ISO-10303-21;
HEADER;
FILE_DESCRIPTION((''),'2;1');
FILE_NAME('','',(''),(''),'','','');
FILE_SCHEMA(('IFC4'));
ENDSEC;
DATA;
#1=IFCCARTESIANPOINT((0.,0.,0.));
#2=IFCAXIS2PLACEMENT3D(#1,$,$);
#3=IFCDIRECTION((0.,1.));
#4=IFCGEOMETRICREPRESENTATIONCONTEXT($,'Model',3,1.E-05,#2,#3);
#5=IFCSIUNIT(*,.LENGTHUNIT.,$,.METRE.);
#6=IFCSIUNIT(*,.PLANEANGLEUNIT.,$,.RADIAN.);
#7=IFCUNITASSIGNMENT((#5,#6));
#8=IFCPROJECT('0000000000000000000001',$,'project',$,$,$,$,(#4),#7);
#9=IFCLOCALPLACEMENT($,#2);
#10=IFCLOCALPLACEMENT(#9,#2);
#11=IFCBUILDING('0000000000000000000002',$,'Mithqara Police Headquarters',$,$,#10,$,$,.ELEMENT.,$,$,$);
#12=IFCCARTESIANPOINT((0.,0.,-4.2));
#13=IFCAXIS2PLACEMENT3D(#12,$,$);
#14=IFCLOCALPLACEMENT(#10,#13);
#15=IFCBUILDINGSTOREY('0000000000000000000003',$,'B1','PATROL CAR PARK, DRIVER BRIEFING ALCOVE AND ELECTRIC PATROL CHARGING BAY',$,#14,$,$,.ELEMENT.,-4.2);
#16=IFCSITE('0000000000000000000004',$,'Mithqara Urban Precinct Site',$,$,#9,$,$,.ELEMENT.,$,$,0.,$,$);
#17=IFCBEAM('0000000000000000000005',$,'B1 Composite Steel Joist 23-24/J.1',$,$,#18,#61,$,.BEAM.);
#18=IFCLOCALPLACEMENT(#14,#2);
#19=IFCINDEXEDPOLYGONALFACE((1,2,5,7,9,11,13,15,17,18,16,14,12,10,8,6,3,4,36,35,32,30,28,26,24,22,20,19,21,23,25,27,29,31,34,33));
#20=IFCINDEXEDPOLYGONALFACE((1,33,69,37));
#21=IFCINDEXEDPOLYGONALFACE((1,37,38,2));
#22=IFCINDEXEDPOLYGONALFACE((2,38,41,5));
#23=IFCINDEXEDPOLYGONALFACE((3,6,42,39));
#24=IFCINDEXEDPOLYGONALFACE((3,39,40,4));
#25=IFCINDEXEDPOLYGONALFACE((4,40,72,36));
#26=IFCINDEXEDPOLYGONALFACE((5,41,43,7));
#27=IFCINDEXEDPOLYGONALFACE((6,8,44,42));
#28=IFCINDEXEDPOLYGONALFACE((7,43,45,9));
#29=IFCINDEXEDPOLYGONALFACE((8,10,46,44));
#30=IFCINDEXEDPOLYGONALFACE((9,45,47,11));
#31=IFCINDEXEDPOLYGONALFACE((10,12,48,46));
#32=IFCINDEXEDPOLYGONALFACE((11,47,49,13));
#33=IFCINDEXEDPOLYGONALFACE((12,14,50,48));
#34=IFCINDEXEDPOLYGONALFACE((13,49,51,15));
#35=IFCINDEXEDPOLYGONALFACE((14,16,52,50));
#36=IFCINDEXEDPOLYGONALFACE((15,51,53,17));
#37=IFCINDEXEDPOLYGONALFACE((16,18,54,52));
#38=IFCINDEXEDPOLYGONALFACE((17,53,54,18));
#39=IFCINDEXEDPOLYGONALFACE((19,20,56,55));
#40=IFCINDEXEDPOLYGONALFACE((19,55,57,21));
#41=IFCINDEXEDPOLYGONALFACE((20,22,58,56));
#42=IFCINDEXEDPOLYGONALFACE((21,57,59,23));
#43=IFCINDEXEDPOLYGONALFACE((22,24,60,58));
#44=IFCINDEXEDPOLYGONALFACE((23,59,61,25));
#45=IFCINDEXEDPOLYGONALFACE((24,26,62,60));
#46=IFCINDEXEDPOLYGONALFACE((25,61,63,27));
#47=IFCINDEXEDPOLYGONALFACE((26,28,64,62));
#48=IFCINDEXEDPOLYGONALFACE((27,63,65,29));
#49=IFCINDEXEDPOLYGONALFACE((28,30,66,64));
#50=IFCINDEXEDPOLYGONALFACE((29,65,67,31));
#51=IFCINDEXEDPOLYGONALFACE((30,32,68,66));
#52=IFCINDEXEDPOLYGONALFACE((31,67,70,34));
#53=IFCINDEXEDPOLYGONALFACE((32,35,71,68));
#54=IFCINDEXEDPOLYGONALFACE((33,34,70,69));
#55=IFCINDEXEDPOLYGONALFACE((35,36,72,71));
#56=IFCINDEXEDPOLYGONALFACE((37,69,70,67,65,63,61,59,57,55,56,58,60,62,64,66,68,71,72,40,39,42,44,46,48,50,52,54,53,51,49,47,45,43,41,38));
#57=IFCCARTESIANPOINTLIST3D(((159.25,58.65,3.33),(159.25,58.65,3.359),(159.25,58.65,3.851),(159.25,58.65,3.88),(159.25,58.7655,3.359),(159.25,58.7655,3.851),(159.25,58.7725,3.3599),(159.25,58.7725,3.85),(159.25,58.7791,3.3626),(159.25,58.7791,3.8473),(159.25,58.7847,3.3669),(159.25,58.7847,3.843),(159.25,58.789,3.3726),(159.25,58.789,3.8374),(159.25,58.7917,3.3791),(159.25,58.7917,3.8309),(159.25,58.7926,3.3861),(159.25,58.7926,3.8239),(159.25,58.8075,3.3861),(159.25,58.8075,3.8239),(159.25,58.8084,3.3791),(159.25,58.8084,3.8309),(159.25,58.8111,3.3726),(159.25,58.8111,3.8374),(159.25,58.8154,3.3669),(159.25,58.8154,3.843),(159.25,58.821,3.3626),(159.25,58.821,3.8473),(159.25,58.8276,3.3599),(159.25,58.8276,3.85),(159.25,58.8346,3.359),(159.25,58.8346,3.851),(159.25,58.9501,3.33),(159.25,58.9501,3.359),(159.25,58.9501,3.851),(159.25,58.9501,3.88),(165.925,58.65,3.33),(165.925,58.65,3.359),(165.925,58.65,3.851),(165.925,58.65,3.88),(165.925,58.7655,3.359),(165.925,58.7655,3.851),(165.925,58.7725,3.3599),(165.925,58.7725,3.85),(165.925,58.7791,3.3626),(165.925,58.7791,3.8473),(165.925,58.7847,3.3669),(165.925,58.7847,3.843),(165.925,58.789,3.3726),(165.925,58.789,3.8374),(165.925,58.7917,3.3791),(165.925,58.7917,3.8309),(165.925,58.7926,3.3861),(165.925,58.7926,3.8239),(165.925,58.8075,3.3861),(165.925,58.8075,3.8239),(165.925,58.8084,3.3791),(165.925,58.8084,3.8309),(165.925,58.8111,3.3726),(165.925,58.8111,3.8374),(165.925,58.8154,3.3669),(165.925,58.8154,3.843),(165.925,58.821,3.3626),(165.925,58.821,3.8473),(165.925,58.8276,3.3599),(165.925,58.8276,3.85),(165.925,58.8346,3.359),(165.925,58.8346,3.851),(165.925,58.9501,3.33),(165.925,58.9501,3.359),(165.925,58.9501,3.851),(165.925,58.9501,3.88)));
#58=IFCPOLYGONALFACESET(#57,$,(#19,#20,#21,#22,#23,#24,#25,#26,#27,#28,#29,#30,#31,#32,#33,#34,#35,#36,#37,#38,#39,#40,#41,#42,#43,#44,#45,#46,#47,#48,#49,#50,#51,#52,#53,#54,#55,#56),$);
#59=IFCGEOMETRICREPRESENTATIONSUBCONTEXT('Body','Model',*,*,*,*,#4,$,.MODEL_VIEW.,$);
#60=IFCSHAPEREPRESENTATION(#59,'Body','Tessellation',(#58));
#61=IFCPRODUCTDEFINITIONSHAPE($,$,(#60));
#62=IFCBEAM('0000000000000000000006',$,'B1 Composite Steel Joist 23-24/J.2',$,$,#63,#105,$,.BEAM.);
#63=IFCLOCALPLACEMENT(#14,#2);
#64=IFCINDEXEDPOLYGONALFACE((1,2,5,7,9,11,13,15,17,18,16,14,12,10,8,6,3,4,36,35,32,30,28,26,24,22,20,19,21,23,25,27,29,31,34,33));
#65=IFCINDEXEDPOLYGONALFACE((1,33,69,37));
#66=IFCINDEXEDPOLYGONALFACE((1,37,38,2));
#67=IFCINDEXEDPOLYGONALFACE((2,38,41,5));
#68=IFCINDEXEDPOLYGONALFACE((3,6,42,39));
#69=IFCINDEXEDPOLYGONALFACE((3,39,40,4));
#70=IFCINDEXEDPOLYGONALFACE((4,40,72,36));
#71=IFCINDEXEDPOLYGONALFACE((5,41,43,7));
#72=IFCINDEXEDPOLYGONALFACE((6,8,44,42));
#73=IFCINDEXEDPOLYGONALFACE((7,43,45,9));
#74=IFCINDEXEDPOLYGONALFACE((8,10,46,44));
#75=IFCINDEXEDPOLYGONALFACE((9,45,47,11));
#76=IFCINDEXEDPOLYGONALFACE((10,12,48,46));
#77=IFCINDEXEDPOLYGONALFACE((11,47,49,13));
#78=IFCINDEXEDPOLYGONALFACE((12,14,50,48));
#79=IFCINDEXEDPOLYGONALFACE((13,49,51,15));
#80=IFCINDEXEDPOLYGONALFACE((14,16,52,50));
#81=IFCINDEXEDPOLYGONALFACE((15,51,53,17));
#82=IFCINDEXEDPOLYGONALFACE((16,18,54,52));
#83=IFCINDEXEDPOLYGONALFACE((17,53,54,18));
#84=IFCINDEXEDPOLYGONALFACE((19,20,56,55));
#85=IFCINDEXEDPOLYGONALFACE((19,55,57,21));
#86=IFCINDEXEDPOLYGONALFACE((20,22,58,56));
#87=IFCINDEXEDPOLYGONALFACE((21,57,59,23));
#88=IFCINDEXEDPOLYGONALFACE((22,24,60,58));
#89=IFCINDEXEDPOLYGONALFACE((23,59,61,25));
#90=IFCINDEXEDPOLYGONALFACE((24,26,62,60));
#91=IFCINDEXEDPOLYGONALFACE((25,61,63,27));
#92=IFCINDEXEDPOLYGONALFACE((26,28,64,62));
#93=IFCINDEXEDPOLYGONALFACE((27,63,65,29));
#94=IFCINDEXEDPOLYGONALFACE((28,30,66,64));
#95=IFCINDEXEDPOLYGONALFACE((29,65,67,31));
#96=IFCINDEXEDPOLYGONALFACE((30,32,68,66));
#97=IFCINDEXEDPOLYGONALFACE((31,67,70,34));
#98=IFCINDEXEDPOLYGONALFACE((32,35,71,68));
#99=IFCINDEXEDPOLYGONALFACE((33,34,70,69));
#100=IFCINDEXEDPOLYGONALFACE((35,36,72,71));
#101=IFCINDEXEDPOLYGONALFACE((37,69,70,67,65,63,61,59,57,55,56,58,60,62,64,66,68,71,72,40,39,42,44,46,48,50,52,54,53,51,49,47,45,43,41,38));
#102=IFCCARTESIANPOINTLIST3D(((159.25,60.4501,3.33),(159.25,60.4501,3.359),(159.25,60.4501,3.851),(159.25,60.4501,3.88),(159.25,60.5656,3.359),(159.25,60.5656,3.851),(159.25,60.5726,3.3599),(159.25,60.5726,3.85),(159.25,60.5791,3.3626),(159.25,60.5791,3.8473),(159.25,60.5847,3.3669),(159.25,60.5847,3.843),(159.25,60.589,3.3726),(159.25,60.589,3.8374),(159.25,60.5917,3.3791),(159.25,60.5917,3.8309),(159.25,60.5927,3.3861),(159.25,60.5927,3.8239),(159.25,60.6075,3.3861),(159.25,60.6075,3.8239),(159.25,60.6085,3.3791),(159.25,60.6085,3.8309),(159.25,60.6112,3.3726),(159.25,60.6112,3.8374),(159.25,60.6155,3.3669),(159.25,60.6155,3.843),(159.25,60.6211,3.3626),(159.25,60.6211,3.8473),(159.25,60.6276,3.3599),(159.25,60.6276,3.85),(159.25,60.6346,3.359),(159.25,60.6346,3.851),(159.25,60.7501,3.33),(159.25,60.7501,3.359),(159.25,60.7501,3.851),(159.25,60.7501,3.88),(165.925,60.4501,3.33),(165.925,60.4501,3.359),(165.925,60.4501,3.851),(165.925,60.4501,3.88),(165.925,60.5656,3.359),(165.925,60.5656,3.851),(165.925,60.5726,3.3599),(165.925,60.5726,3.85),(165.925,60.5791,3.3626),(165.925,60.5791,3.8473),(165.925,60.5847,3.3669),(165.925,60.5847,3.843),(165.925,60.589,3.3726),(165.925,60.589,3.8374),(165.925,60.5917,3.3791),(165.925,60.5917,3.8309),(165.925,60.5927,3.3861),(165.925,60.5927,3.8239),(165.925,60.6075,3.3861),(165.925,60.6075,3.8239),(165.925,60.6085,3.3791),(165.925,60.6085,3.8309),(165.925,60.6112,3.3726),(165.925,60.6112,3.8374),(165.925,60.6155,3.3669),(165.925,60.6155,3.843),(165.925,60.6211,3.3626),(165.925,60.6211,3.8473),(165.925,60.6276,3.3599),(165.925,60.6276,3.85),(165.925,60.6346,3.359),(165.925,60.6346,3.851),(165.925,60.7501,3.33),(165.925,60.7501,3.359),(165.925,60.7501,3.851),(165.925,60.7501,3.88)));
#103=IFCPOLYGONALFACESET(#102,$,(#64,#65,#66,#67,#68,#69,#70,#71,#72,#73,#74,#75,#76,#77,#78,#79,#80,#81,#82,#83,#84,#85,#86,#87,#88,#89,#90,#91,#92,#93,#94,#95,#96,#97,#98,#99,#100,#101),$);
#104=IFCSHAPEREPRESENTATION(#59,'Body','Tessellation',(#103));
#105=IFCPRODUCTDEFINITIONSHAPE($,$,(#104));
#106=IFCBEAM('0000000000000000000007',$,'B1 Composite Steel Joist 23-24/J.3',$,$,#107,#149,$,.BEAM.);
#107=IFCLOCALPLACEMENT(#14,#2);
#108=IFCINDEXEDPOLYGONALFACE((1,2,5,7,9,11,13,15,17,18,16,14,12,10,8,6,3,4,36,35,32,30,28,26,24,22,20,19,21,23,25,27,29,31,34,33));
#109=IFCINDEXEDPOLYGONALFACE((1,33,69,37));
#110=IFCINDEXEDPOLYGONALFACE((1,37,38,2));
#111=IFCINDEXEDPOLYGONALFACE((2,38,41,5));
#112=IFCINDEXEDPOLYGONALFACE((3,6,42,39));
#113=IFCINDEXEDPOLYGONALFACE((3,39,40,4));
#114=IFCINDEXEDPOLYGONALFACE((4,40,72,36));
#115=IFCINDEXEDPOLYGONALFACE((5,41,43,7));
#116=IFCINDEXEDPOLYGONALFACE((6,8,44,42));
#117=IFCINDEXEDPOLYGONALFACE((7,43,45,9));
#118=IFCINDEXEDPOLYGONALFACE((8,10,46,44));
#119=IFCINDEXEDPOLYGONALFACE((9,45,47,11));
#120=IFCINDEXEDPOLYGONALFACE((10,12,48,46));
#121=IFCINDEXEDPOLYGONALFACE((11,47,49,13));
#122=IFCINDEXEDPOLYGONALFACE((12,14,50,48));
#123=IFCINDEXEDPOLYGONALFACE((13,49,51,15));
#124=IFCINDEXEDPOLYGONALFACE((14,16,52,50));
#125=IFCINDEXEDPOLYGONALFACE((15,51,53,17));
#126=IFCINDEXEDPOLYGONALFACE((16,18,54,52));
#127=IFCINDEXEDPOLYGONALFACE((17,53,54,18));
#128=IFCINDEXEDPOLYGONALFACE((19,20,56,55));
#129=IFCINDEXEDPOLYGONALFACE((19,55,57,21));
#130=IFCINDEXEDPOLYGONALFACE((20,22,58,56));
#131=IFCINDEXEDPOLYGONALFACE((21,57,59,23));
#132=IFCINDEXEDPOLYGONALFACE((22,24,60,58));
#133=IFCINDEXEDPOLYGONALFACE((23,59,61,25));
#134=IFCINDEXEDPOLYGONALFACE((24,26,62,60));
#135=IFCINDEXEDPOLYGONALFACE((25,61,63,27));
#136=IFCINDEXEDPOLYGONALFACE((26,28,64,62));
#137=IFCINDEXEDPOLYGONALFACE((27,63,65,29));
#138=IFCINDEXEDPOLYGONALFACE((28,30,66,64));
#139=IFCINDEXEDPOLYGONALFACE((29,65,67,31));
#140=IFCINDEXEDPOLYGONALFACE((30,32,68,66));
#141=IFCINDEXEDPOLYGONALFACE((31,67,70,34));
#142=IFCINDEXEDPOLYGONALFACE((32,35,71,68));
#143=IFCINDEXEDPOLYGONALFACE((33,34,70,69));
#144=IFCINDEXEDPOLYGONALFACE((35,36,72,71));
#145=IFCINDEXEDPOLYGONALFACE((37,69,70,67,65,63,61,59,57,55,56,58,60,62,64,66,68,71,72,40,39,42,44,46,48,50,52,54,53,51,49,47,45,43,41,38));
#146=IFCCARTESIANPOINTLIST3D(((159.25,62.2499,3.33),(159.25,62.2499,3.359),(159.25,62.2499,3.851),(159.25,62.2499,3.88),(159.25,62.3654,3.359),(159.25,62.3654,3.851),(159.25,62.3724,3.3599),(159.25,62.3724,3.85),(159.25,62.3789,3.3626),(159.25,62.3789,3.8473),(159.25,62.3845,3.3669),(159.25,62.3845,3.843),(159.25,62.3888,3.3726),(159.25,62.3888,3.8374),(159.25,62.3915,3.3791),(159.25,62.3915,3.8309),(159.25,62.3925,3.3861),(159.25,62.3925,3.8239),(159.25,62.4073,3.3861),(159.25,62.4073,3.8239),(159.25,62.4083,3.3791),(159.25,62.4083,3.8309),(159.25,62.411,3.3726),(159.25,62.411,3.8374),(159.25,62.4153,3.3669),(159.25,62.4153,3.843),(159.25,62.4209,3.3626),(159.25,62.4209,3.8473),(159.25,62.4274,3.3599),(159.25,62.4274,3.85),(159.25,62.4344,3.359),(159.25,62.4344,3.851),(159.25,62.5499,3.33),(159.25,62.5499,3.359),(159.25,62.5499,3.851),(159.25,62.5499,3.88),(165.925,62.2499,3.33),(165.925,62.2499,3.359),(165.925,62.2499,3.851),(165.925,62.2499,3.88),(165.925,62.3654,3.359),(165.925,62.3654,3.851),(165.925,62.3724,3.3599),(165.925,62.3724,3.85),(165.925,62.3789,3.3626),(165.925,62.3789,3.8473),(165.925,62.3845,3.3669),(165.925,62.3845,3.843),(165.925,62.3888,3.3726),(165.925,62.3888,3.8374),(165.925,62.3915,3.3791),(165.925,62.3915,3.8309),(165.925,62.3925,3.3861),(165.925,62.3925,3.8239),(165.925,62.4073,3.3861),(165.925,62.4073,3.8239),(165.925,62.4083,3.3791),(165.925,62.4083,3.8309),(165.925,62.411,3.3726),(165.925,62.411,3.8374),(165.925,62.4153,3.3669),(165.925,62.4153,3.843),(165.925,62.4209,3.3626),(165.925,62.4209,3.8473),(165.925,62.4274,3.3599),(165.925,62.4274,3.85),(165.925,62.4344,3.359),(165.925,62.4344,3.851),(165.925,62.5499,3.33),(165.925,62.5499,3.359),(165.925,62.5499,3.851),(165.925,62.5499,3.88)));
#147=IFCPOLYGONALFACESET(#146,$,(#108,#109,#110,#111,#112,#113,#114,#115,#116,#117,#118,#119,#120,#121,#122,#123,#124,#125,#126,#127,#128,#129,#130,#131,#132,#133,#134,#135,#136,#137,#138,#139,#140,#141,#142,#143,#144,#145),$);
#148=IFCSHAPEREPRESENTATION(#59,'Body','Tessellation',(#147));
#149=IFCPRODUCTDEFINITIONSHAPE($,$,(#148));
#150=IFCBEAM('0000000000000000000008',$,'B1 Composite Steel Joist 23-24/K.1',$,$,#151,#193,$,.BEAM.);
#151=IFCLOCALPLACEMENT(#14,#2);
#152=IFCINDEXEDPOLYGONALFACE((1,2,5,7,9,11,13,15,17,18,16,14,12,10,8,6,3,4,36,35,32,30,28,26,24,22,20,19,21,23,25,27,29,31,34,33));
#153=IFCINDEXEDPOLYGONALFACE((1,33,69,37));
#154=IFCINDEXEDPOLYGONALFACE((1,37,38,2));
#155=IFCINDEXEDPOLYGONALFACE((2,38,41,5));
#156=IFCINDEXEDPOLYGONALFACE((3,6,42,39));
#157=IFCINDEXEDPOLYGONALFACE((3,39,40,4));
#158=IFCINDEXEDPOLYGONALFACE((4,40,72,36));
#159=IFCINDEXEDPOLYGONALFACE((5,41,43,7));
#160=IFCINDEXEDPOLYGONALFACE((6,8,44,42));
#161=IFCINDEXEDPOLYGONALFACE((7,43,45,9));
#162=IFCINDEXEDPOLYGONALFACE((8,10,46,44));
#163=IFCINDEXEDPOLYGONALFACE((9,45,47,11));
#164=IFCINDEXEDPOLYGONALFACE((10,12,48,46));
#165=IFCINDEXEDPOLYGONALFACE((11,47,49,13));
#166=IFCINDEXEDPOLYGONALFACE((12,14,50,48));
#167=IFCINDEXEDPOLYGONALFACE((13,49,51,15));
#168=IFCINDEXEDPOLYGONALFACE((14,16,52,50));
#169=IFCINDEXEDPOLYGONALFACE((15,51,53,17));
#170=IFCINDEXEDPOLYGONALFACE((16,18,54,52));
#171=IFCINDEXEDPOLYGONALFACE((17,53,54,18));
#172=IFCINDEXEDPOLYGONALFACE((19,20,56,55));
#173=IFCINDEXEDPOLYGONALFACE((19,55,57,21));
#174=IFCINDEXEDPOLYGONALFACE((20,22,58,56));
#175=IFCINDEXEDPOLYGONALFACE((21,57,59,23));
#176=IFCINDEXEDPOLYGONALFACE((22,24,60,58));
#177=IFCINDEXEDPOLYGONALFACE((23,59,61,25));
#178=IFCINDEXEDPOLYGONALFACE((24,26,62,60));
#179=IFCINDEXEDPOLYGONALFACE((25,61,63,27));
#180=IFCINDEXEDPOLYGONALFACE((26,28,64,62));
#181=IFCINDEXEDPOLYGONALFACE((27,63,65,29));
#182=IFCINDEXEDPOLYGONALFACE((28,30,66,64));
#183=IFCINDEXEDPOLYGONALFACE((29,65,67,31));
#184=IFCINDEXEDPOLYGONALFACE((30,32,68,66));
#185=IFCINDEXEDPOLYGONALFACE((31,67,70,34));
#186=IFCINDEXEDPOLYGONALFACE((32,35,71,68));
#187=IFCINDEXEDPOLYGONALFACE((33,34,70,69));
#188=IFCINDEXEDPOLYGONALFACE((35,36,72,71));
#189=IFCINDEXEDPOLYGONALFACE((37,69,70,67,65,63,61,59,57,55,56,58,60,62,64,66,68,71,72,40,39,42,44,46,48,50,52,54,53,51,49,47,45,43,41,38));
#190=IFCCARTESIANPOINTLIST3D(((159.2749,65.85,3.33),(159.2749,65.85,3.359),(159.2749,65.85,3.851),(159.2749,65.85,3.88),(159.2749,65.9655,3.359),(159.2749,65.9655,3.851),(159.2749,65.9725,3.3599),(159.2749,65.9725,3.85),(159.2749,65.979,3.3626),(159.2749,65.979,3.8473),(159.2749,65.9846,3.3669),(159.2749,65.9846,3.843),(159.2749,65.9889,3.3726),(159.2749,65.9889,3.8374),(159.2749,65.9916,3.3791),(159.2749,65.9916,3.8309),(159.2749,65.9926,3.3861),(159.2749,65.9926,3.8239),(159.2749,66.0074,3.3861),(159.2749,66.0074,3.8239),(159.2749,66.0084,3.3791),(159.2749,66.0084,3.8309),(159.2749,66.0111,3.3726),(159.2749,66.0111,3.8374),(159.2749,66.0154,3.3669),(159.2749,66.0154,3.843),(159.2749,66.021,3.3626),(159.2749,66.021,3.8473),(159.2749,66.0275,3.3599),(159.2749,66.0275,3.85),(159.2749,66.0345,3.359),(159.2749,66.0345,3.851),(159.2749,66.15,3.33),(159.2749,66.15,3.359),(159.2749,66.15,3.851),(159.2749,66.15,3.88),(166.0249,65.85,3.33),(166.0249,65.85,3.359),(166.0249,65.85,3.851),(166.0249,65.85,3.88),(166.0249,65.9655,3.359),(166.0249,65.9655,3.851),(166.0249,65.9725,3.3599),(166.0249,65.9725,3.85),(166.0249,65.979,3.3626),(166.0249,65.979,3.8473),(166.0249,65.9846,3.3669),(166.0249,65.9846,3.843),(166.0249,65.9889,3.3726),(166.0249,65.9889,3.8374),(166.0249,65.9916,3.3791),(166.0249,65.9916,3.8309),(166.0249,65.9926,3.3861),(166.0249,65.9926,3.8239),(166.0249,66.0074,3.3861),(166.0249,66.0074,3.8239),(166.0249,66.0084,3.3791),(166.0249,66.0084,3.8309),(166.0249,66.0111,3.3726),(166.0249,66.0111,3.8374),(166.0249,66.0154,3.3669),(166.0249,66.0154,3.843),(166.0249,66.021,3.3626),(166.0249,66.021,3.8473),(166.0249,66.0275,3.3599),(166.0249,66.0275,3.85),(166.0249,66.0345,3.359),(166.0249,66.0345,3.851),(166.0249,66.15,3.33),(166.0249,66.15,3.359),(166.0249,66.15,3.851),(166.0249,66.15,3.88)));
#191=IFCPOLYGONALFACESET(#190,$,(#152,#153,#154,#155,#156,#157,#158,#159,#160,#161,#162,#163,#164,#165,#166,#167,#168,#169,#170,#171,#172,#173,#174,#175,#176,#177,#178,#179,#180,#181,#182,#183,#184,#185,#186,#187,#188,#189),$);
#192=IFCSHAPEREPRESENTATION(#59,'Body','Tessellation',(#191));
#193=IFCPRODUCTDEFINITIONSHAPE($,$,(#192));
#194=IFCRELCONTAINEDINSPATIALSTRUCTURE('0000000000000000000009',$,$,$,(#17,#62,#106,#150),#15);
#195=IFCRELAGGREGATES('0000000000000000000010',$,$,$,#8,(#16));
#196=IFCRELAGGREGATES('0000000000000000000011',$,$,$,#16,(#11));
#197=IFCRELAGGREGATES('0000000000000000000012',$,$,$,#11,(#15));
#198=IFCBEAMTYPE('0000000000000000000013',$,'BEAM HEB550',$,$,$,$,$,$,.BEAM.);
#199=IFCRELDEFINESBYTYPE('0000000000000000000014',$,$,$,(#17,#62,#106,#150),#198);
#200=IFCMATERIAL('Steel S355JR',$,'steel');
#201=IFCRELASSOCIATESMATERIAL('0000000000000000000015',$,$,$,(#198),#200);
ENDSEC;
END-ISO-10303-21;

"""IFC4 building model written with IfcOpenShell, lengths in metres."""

from ifc_helpers import new_model, si_unit, direction, frame, origin, origin_2d, place, context, subcontext, project, spatial, i_section, extrude, material, material_profile, profile_set, type_object, element, save


model = new_model("IFC4")

# Units and contexts
model_context = context("Model", 3, precision=1e-05, world=origin(), true_north=direction((0.0, 1.0)))
body_context = subcontext(model_context, "Body", "Model", "MODEL_VIEW")
ifc_project = project(units=[si_unit("LENGTHUNIT", "METRE"), si_unit("PLANEANGLEUNIT", "RADIAN")], contexts=[model_context])

# Site, building, storey
site_placement = place(None, origin())
site = spatial("IfcSite", under=ifc_project, at=site_placement, Name="Mithqara Urban Precinct Site", CompositionType="ELEMENT", RefElevation=0.0)
building_placement = place(site_placement, origin())
building = spatial("IfcBuilding", under=site, at=building_placement, Name="Mithqara Police Headquarters", CompositionType="ELEMENT")
storey_placement = place(building_placement, frame((0.0, 0.0, -4.2)))
storey = spatial("IfcBuildingStorey", under=building, at=storey_placement, Name="B1", Description="PATROL CAR PARK, DRIVER BRIEFING ALCOVE AND ELECTRIC PATROL CHARGING BAY", CompositionType="ELEMENT", Elevation=-4.2)

# Beams
ifc_material_1 = material(Name="Steel S355JR", Category="steel")
ifc_material_profile_1 = material_profile(ifc_material_1, i_section(OverallWidth=0.3, OverallDepth=0.55, WebThickness=0.0149, FlangeThickness=0.0291, FilletRadius=0.0271, at=origin_2d()), Name="HEB 550")
ifc_profile_set_1 = profile_set([ifc_material_profile_1], Name="Steel S355JR")
beam_type_1 = type_object("IfcBeamType", Name="BEAM HEB550", PredefinedType="BEAM", material=ifc_profile_set_1)
for number, where, z_axis, x_axis, name in (
    (1, (159.25, 58.8, 3.605), (1.0, 0.0, 0.0), (0.0, 1.0, 0.0), "B1 Composite Steel Joist 23-24/J.1"),
    (2, (159.25, 60.6001, 3.605), (1.0, 0.0, 0.0), (0.0, 1.0, 0.0), "B1 Composite Steel Joist 23-24/J.2"),
    (3, (159.25, 62.3999, 3.605), (1.0, 0.0, 0.0), (0.0, 1.0, 0.0), "B1 Composite Steel Joist 23-24/J.3"),
):
    element("IfcBeam", number, at=place(storey_placement, frame(where, z_axis=z_axis, x_axis=x_axis)), inside=storey, type_object=beam_type_1, Name=name, PredefinedType="BEAM", context=body_context, shape_type="SweptSolid", body=[
        extrude(i_section(OverallWidth=0.3, OverallDepth=0.55, WebThickness=0.0149, FlangeThickness=0.0291, FilletRadius=0.0271, at=origin_2d()), origin(), (0.0, 0.0, 1.0), 6.675),
    ])
for number, where, z_axis, x_axis, name in (
    (4, (159.2749, 66.0, 3.605), (1.0, 0.0, 0.0), (0.0, 1.0, 0.0), "B1 Composite Steel Joist 23-24/K.1"),
):
    element("IfcBeam", number, at=place(storey_placement, frame(where, z_axis=z_axis, x_axis=x_axis)), inside=storey, type_object=beam_type_1, Name=name, PredefinedType="BEAM", context=body_context, shape_type="SweptSolid", body=[
        extrude(i_section(OverallWidth=0.3, OverallDepth=0.55, WebThickness=0.0149, FlangeThickness=0.0291, FilletRadius=0.0271, at=origin_2d()), origin(), (0.0, 0.0, 1.0), 6.75),
    ])

save(model, "model.ifc")
